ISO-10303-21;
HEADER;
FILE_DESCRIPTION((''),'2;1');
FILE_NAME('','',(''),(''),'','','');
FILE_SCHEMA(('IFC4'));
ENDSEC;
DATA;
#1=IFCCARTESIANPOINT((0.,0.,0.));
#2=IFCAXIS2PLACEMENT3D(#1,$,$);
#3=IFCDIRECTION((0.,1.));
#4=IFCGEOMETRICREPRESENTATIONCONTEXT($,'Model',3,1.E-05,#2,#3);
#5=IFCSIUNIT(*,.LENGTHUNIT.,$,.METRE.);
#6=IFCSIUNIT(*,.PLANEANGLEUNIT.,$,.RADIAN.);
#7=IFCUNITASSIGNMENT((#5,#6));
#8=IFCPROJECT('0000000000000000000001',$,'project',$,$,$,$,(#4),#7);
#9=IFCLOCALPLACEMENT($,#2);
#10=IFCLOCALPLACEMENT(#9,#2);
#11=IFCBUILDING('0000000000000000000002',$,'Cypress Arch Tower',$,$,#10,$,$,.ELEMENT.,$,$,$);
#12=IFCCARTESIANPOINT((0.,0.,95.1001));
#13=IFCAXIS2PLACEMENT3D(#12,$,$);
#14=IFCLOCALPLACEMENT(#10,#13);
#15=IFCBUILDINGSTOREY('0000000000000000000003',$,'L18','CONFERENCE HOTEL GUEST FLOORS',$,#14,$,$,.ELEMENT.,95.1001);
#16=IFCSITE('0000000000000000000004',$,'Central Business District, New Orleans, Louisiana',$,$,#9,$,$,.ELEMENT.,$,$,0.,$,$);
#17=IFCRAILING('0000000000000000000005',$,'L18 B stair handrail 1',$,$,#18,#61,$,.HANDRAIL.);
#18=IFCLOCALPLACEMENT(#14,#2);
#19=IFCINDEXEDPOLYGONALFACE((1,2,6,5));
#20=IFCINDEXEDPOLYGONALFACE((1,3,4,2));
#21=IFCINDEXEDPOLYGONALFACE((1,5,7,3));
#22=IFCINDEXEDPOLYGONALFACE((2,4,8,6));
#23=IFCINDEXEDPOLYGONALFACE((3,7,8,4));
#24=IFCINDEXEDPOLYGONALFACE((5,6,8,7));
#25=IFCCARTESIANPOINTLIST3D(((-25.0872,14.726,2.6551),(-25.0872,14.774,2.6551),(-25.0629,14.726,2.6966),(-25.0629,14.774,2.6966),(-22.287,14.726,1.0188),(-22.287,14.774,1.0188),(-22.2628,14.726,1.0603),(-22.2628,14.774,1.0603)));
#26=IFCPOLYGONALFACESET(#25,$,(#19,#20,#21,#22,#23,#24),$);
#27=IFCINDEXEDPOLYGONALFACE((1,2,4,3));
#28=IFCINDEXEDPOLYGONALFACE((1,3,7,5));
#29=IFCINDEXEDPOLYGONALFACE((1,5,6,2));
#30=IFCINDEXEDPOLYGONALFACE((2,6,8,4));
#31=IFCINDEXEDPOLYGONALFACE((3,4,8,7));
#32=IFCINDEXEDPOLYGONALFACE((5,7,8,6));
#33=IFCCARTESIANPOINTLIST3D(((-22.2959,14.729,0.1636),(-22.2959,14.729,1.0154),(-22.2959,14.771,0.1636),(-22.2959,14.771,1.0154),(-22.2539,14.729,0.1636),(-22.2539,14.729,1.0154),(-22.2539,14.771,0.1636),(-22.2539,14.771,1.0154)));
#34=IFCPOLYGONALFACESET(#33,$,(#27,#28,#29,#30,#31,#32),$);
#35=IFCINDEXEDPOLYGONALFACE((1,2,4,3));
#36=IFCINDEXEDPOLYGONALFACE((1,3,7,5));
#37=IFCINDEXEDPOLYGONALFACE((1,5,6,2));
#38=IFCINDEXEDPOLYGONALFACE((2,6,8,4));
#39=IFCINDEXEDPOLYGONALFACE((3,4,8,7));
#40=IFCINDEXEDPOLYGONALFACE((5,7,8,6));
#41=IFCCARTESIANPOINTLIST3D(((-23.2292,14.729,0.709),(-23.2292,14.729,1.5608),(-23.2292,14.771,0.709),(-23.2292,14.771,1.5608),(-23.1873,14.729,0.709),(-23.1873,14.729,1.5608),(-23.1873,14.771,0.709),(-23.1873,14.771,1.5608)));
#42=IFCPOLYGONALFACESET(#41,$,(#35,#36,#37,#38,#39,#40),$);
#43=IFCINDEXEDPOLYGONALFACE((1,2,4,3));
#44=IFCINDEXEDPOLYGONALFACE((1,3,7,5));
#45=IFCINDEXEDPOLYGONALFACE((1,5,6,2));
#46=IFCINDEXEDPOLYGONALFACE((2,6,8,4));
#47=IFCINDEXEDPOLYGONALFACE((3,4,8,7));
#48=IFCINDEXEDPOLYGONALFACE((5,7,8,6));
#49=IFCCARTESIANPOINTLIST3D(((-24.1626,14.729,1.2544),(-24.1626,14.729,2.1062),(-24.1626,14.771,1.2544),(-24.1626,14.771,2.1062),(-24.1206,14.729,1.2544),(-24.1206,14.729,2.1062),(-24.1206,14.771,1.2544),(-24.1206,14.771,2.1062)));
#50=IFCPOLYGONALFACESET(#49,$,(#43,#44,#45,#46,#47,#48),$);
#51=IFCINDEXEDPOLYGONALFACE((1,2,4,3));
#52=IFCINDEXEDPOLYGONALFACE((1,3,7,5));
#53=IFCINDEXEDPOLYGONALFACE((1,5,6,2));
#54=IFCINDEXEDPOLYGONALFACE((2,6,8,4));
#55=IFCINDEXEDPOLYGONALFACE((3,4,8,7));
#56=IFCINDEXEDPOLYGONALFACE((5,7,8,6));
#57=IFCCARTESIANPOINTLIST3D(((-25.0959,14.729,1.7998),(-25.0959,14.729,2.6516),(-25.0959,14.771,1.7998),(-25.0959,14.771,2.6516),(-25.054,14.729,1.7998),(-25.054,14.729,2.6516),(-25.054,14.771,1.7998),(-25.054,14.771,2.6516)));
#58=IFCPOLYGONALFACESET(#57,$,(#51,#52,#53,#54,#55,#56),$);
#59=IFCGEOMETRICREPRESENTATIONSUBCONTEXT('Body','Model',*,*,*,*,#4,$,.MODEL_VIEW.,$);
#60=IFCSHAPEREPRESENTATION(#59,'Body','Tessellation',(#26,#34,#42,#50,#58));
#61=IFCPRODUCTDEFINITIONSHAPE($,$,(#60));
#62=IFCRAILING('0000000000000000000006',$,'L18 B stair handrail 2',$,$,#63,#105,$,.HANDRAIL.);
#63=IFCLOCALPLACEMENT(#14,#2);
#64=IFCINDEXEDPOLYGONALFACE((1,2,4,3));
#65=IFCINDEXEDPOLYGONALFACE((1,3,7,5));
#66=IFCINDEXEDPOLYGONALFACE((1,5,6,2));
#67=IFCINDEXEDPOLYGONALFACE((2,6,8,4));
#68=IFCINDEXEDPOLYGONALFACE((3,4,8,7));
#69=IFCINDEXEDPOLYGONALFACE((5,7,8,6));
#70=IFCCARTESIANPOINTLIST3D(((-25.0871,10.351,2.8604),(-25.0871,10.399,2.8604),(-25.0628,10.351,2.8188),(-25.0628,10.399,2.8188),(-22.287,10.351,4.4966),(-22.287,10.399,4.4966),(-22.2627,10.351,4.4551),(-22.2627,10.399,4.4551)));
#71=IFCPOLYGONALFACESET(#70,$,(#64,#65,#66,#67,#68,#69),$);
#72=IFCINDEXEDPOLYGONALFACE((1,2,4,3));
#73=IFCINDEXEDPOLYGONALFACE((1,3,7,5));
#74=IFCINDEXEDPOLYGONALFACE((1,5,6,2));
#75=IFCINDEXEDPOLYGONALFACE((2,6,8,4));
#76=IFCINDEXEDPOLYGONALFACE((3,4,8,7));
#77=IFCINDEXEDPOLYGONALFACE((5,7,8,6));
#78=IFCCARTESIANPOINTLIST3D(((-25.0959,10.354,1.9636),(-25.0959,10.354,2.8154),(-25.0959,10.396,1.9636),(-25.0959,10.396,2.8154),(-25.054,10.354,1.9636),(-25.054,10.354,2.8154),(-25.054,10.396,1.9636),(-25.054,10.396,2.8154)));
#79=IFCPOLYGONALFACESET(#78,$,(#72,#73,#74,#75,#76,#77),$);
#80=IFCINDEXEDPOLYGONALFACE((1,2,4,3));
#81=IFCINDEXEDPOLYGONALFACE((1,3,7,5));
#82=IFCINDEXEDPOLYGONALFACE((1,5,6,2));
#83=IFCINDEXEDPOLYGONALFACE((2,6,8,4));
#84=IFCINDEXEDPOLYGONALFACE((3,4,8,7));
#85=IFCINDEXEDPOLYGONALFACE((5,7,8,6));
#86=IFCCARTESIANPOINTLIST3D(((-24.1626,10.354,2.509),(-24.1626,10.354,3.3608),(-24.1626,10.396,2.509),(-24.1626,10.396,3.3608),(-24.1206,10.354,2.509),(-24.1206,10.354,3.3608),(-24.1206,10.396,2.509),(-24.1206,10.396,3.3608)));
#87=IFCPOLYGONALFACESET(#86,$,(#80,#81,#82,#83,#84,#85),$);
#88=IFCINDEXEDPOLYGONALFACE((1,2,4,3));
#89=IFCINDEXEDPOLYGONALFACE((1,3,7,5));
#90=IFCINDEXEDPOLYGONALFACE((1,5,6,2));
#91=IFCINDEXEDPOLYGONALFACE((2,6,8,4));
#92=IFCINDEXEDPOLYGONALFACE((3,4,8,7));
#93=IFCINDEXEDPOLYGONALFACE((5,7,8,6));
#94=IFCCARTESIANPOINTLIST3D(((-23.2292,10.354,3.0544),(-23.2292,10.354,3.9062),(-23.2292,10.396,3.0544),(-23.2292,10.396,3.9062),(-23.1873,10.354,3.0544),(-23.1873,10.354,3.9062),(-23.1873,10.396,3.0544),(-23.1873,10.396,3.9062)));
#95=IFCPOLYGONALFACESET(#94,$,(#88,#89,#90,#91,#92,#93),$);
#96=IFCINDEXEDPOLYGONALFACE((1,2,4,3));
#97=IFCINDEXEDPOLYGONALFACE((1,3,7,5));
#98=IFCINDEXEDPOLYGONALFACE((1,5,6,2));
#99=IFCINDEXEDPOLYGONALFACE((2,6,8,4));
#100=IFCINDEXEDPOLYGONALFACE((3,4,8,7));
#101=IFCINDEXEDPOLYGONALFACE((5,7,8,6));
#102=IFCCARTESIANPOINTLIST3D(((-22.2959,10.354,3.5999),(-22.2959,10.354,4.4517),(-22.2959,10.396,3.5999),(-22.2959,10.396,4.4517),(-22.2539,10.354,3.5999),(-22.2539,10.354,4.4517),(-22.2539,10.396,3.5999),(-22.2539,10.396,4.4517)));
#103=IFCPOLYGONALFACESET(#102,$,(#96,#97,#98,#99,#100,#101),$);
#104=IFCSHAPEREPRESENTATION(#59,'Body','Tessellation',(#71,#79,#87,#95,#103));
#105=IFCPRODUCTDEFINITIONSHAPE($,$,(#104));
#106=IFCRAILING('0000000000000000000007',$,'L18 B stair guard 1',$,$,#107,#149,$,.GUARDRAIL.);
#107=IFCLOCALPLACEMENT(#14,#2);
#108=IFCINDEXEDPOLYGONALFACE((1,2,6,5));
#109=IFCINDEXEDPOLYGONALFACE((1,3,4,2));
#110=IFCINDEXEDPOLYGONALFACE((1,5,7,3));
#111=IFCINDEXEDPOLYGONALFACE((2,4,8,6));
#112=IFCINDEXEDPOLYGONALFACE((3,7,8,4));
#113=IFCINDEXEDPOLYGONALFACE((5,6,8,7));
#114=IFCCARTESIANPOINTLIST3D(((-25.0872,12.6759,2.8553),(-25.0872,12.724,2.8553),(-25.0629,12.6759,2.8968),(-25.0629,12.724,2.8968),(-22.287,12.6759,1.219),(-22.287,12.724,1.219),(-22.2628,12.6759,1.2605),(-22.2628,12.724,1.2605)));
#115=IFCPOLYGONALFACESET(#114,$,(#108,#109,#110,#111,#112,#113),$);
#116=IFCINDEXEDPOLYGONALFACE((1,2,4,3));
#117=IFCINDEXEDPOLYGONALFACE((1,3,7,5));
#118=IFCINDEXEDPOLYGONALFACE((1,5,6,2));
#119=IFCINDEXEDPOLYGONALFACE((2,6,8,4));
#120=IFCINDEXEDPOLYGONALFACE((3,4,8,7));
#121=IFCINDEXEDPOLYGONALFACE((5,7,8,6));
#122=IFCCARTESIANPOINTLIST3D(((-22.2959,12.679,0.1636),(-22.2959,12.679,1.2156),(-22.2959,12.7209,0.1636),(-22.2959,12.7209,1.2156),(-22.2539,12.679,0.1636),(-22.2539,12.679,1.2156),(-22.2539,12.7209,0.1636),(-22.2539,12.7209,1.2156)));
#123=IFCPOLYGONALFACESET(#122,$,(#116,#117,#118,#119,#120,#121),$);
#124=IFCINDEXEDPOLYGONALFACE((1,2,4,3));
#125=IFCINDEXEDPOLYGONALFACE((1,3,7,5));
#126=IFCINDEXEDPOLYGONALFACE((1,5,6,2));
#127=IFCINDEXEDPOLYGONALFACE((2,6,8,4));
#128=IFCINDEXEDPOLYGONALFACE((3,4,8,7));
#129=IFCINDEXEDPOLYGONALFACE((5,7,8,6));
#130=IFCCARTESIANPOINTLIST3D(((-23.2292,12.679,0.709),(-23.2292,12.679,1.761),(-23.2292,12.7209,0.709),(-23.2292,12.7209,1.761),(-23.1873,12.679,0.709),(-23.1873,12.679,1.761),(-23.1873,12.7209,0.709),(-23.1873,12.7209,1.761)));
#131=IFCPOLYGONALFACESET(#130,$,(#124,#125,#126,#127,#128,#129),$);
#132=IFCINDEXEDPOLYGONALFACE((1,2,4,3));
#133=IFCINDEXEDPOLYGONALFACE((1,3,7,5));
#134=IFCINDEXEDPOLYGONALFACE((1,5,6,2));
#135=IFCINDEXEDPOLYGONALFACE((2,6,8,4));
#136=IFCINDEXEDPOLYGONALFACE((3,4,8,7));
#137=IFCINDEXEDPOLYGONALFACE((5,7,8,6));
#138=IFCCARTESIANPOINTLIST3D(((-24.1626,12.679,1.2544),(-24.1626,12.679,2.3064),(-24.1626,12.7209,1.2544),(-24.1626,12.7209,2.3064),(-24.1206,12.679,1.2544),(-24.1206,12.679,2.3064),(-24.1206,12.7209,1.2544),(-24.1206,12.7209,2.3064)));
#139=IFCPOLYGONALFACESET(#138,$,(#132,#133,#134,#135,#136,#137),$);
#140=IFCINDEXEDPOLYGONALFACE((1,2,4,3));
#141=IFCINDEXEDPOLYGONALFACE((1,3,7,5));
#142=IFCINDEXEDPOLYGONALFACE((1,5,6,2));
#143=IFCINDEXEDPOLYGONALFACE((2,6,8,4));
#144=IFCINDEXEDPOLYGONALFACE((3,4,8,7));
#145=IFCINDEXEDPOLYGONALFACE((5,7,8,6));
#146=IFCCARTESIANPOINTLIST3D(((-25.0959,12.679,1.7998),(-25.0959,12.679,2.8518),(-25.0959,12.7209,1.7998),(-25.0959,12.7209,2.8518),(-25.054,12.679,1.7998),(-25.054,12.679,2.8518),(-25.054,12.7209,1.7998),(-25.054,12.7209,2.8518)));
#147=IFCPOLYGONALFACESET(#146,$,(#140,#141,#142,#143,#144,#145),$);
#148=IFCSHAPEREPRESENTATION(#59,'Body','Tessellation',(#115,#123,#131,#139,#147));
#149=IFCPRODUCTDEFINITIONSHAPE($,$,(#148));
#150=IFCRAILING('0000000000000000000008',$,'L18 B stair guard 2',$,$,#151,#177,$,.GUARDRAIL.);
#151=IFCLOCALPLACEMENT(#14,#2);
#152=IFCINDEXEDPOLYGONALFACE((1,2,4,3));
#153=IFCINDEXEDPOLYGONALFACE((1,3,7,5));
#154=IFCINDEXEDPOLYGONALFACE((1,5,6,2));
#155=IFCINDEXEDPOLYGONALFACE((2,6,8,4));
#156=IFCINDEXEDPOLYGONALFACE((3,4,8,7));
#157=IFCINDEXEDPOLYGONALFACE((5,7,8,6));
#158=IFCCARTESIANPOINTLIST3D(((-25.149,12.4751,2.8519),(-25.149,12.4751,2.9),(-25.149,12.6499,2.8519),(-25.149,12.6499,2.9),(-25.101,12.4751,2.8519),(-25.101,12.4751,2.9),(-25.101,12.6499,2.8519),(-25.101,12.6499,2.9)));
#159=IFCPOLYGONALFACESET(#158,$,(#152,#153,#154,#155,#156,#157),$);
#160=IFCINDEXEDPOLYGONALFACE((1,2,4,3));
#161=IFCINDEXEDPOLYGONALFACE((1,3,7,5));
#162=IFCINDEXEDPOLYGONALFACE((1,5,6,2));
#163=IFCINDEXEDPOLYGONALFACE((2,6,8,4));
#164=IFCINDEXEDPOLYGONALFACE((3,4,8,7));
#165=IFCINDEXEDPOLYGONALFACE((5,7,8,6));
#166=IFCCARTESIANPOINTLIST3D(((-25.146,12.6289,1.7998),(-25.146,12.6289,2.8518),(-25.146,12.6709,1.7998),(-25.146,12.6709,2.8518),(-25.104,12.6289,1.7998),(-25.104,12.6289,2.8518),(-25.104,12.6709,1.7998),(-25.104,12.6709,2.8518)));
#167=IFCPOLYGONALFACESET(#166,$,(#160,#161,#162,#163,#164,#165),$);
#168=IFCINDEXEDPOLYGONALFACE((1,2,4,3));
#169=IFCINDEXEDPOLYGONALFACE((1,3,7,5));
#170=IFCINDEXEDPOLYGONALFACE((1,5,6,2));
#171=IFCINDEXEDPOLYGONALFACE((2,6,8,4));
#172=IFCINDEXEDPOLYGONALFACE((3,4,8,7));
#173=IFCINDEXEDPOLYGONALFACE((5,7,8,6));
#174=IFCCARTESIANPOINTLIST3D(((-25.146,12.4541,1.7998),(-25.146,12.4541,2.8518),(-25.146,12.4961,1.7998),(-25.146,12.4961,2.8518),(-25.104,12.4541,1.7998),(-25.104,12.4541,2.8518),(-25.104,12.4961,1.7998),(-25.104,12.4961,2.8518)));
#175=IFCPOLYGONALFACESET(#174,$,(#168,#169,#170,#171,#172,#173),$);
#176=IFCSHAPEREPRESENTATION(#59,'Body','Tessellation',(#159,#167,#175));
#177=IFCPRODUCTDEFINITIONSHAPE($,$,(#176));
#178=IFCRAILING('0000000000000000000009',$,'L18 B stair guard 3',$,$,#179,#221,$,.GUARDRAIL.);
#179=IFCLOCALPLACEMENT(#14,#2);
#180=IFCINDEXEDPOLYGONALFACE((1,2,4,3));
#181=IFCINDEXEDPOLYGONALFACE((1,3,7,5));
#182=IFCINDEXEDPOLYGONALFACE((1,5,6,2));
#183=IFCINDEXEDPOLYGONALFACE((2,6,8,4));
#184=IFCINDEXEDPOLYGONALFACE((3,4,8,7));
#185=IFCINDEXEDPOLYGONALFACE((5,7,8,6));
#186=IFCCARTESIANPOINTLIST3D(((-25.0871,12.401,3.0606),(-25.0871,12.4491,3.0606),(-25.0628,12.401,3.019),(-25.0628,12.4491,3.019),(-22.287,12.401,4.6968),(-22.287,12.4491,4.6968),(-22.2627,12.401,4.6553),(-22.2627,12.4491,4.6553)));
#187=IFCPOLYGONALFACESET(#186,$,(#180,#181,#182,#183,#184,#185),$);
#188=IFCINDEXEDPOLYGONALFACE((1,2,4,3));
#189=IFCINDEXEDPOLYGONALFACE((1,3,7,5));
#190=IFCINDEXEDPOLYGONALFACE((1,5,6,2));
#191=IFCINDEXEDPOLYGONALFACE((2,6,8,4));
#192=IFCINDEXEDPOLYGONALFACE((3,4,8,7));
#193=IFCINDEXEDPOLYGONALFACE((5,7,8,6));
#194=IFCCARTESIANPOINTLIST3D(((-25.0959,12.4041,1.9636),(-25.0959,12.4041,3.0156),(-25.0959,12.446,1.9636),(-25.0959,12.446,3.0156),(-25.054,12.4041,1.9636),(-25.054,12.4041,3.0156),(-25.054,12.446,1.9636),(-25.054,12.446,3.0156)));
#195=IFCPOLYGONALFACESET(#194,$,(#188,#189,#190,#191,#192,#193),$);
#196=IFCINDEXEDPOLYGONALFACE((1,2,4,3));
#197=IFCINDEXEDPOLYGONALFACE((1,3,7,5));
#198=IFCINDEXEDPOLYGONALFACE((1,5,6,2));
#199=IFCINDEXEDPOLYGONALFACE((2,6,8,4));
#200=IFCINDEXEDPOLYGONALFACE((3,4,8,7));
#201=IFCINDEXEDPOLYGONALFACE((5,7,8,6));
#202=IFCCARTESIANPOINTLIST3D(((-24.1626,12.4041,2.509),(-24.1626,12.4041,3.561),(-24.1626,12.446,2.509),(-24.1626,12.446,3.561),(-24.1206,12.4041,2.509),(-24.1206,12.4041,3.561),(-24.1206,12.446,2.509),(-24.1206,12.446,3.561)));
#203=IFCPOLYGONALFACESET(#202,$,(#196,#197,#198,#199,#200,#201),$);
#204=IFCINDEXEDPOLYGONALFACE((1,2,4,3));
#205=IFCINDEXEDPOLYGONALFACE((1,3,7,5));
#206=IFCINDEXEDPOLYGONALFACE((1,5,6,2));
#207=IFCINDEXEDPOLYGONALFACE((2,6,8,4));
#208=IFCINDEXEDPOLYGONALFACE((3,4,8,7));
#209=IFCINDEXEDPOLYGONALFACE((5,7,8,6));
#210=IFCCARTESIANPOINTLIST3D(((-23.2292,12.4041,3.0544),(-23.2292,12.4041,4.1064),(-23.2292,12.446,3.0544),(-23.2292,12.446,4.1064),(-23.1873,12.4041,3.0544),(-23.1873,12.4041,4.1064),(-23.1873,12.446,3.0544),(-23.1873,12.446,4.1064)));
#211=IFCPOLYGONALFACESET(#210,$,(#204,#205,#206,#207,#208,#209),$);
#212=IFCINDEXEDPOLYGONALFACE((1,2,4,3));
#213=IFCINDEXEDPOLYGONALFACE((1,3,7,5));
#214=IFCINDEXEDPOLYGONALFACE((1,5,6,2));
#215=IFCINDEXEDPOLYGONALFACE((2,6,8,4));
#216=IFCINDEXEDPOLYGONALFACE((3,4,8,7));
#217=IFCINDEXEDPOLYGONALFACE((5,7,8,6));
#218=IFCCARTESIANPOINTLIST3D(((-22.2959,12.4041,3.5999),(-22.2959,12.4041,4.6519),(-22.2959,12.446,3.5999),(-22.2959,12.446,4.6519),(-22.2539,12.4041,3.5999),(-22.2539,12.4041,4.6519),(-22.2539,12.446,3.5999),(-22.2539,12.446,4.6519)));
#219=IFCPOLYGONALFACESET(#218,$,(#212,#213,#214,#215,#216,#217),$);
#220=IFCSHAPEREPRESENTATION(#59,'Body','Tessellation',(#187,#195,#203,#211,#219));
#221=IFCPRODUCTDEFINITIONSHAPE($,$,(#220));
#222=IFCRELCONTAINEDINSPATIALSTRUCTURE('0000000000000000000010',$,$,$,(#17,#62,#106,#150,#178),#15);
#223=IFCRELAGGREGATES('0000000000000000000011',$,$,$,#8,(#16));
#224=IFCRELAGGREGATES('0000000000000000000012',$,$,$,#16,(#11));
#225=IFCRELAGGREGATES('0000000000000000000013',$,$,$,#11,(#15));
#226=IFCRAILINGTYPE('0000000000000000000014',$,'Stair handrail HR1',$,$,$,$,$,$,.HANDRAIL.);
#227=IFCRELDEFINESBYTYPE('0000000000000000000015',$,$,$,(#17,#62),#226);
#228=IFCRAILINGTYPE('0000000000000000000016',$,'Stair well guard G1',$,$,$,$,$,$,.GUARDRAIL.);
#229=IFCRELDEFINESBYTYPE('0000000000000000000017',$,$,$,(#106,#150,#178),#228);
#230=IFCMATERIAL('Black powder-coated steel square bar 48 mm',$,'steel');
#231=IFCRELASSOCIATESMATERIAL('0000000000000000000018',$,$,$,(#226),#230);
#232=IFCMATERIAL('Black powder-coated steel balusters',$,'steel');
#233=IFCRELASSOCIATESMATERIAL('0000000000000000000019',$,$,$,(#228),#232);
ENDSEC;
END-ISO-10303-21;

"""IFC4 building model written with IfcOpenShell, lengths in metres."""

from ifc_helpers import new_model, si_unit, direction, frame, origin, origin_2d, place, context, subcontext, project, spatial, rectangle, extrude, material, type_object, element, save


model = new_model("IFC4")

# Units and contexts
model_context = context("Model", 3, precision=1e-05, world=origin(), true_north=direction((0.0, 1.0)))
body_context = subcontext(model_context, "Body", "Model", "MODEL_VIEW")
ifc_project = project(units=[si_unit("LENGTHUNIT", "METRE"), si_unit("PLANEANGLEUNIT", "RADIAN")], contexts=[model_context])

# Site, building, storey
site_placement = place(None, origin())
site = spatial("IfcSite", under=ifc_project, at=site_placement, Name="Central Business District, New Orleans, Louisiana", CompositionType="ELEMENT", RefElevation=0.0)
building_placement = place(site_placement, origin())
building = spatial("IfcBuilding", under=site, at=building_placement, Name="Cypress Arch Tower", CompositionType="ELEMENT")
storey_placement = place(building_placement, frame((0.0, 0.0, 95.1001)))
storey = spatial("IfcBuildingStorey", under=building, at=storey_placement, Name="L18", Description="CONFERENCE HOTEL GUEST FLOORS", CompositionType="ELEMENT", Elevation=95.1001)

# Railings
ifc_material_1 = material(Name="Black powder-coated steel square bar 48 mm", Category="steel")
railing_type_1 = type_object("IfcRailingType", Name="Stair handrail HR1", PredefinedType="HANDRAIL", material=ifc_material_1)
railing_1_placement = place(storey_placement, frame((-22.2749, 14.75, 0.1636)))
element("IfcRailing", 1, at=railing_1_placement, inside=storey, type_object=railing_type_1, Name="L18 B stair handrail 1", PredefinedType="HANDRAIL", context=body_context, shape_type="SweptSolid", body=[
    extrude(rectangle(XDim=0.0481, YDim=0.0481, at=origin_2d()), frame((0.0, 0.0, 0.876), z_axis=(-0.863394, 0.0, 0.504531), x_axis=(0.0, -1.0, 0.0)), (0.0, 0.0, 1.0), 3.2432),
    extrude(rectangle(XDim=0.042, YDim=0.042, at=origin_2d()), origin(), (0.0, 0.0, 1.0), 0.8518),
    extrude(rectangle(XDim=0.042, YDim=0.042, at=origin_2d()), frame((-0.9333, 0.0, 0.5454)), (0.0, 0.0, 1.0), 0.8518),
    extrude(rectangle(XDim=0.042, YDim=0.042, at=origin_2d()), frame((-1.8667, 0.0, 1.0908)), (0.0, 0.0, 1.0), 0.8518),
    extrude(rectangle(XDim=0.042, YDim=0.042, at=origin_2d()), frame((-2.8, 0.0, 1.6362)), (0.0, 0.0, 1.0), 0.8518),
])
railing_2_placement = place(storey_placement, frame((-25.075, 10.375, 1.9636)))
element("IfcRailing", 2, at=railing_2_placement, inside=storey, type_object=railing_type_1, Name="L18 B stair handrail 2", PredefinedType="HANDRAIL", context=body_context, shape_type="SweptSolid", body=[
    extrude(rectangle(XDim=0.0481, YDim=0.0481, at=origin_2d()), frame((0.0, 0.0, 0.876), z_axis=(0.863394, 0.0, 0.504531), x_axis=(0.0, 1.0, 0.0)), (0.0, 0.0, 1.0), 3.2432),
    extrude(rectangle(XDim=0.042, YDim=0.042, at=origin_2d()), origin(), (0.0, 0.0, 1.0), 0.8518),
    extrude(rectangle(XDim=0.042, YDim=0.042, at=origin_2d()), frame((0.9333, 0.0, 0.5454)), (0.0, 0.0, 1.0), 0.8518),
    extrude(rectangle(XDim=0.042, YDim=0.042, at=origin_2d()), frame((1.8667, 0.0, 1.0908)), (0.0, 0.0, 1.0), 0.8518),
    extrude(rectangle(XDim=0.042, YDim=0.042, at=origin_2d()), frame((2.8, 0.0, 1.6362)), (0.0, 0.0, 1.0), 0.8518),
])
ifc_material_2 = material(Name="Black powder-coated steel balusters", Category="steel")
railing_type_2 = type_object("IfcRailingType", Name="Stair well guard G1", PredefinedType="GUARDRAIL", material=ifc_material_2)
railing_3_placement = place(storey_placement, frame((-22.2749, 12.7, 0.1636)))
element("IfcRailing", 3, at=railing_3_placement, inside=storey, type_object=railing_type_2, Name="L18 B stair guard 1", PredefinedType="GUARDRAIL", context=body_context, shape_type="SweptSolid", body=[
    extrude(rectangle(XDim=0.0481, YDim=0.0481, at=origin_2d()), frame((0.0, 0.0, 1.0762), z_axis=(-0.863394, 0.0, 0.504531), x_axis=(0.0, -1.0, 0.0)), (0.0, 0.0, 1.0), 3.2432),
    extrude(rectangle(XDim=0.042, YDim=0.042, at=origin_2d()), origin(), (0.0, 0.0, 1.0), 1.052),
    extrude(rectangle(XDim=0.042, YDim=0.042, at=origin_2d()), frame((-0.9333, 0.0, 0.5454)), (0.0, 0.0, 1.0), 1.052),
    extrude(rectangle(XDim=0.042, YDim=0.042, at=origin_2d()), frame((-1.8667, 0.0, 1.0908)), (0.0, 0.0, 1.0), 1.052),
    extrude(rectangle(XDim=0.042, YDim=0.042, at=origin_2d()), frame((-2.8, 0.0, 1.6362)), (0.0, 0.0, 1.0), 1.052),
])
railing_4_placement = place(storey_placement, frame((-25.125, 12.6499, 1.7998)))
element("IfcRailing", 4, at=railing_4_placement, inside=storey, type_object=railing_type_2, Name="L18 B stair guard 2", PredefinedType="GUARDRAIL", context=body_context, shape_type="SweptSolid", body=[
    extrude(rectangle(XDim=0.0481, YDim=0.0481, at=origin_2d()), frame((0.0, 0.0, 1.0762), z_axis=(0.0, -1.0, 0.0), x_axis=(1.0, 0.0, 0.0)), (0.0, 0.0, 1.0), 0.1748),
    extrude(rectangle(XDim=0.042, YDim=0.042, at=origin_2d()), origin(), (0.0, 0.0, 1.0), 1.052),
    extrude(rectangle(XDim=0.042, YDim=0.042, at=origin_2d()), frame((0.0, -0.1748, 0.0)), (0.0, 0.0, 1.0), 1.052),
])
railing_5_placement = place(storey_placement, frame((-25.075, 12.425, 1.9636)))
element("IfcRailing", 5, at=railing_5_placement, inside=storey, type_object=railing_type_2, Name="L18 B stair guard 3", PredefinedType="GUARDRAIL", context=body_context, shape_type="SweptSolid", body=[
    extrude(rectangle(XDim=0.0481, YDim=0.0481, at=origin_2d()), frame((0.0, 0.0, 1.0762), z_axis=(0.863394, 0.0, 0.504531), x_axis=(0.0, 1.0, 0.0)), (0.0, 0.0, 1.0), 3.2432),
    extrude(rectangle(XDim=0.042, YDim=0.042, at=origin_2d()), origin(), (0.0, 0.0, 1.0), 1.052),
    extrude(rectangle(XDim=0.042, YDim=0.042, at=origin_2d()), frame((0.9333, 0.0, 0.5454)), (0.0, 0.0, 1.0), 1.052),
    extrude(rectangle(XDim=0.042, YDim=0.042, at=origin_2d()), frame((1.8667, 0.0, 1.0908)), (0.0, 0.0, 1.0), 1.052),
    extrude(rectangle(XDim=0.042, YDim=0.042, at=origin_2d()), frame((2.8, 0.0, 1.6362)), (0.0, 0.0, 1.0), 1.052),
])

save(model, "model.ifc")
